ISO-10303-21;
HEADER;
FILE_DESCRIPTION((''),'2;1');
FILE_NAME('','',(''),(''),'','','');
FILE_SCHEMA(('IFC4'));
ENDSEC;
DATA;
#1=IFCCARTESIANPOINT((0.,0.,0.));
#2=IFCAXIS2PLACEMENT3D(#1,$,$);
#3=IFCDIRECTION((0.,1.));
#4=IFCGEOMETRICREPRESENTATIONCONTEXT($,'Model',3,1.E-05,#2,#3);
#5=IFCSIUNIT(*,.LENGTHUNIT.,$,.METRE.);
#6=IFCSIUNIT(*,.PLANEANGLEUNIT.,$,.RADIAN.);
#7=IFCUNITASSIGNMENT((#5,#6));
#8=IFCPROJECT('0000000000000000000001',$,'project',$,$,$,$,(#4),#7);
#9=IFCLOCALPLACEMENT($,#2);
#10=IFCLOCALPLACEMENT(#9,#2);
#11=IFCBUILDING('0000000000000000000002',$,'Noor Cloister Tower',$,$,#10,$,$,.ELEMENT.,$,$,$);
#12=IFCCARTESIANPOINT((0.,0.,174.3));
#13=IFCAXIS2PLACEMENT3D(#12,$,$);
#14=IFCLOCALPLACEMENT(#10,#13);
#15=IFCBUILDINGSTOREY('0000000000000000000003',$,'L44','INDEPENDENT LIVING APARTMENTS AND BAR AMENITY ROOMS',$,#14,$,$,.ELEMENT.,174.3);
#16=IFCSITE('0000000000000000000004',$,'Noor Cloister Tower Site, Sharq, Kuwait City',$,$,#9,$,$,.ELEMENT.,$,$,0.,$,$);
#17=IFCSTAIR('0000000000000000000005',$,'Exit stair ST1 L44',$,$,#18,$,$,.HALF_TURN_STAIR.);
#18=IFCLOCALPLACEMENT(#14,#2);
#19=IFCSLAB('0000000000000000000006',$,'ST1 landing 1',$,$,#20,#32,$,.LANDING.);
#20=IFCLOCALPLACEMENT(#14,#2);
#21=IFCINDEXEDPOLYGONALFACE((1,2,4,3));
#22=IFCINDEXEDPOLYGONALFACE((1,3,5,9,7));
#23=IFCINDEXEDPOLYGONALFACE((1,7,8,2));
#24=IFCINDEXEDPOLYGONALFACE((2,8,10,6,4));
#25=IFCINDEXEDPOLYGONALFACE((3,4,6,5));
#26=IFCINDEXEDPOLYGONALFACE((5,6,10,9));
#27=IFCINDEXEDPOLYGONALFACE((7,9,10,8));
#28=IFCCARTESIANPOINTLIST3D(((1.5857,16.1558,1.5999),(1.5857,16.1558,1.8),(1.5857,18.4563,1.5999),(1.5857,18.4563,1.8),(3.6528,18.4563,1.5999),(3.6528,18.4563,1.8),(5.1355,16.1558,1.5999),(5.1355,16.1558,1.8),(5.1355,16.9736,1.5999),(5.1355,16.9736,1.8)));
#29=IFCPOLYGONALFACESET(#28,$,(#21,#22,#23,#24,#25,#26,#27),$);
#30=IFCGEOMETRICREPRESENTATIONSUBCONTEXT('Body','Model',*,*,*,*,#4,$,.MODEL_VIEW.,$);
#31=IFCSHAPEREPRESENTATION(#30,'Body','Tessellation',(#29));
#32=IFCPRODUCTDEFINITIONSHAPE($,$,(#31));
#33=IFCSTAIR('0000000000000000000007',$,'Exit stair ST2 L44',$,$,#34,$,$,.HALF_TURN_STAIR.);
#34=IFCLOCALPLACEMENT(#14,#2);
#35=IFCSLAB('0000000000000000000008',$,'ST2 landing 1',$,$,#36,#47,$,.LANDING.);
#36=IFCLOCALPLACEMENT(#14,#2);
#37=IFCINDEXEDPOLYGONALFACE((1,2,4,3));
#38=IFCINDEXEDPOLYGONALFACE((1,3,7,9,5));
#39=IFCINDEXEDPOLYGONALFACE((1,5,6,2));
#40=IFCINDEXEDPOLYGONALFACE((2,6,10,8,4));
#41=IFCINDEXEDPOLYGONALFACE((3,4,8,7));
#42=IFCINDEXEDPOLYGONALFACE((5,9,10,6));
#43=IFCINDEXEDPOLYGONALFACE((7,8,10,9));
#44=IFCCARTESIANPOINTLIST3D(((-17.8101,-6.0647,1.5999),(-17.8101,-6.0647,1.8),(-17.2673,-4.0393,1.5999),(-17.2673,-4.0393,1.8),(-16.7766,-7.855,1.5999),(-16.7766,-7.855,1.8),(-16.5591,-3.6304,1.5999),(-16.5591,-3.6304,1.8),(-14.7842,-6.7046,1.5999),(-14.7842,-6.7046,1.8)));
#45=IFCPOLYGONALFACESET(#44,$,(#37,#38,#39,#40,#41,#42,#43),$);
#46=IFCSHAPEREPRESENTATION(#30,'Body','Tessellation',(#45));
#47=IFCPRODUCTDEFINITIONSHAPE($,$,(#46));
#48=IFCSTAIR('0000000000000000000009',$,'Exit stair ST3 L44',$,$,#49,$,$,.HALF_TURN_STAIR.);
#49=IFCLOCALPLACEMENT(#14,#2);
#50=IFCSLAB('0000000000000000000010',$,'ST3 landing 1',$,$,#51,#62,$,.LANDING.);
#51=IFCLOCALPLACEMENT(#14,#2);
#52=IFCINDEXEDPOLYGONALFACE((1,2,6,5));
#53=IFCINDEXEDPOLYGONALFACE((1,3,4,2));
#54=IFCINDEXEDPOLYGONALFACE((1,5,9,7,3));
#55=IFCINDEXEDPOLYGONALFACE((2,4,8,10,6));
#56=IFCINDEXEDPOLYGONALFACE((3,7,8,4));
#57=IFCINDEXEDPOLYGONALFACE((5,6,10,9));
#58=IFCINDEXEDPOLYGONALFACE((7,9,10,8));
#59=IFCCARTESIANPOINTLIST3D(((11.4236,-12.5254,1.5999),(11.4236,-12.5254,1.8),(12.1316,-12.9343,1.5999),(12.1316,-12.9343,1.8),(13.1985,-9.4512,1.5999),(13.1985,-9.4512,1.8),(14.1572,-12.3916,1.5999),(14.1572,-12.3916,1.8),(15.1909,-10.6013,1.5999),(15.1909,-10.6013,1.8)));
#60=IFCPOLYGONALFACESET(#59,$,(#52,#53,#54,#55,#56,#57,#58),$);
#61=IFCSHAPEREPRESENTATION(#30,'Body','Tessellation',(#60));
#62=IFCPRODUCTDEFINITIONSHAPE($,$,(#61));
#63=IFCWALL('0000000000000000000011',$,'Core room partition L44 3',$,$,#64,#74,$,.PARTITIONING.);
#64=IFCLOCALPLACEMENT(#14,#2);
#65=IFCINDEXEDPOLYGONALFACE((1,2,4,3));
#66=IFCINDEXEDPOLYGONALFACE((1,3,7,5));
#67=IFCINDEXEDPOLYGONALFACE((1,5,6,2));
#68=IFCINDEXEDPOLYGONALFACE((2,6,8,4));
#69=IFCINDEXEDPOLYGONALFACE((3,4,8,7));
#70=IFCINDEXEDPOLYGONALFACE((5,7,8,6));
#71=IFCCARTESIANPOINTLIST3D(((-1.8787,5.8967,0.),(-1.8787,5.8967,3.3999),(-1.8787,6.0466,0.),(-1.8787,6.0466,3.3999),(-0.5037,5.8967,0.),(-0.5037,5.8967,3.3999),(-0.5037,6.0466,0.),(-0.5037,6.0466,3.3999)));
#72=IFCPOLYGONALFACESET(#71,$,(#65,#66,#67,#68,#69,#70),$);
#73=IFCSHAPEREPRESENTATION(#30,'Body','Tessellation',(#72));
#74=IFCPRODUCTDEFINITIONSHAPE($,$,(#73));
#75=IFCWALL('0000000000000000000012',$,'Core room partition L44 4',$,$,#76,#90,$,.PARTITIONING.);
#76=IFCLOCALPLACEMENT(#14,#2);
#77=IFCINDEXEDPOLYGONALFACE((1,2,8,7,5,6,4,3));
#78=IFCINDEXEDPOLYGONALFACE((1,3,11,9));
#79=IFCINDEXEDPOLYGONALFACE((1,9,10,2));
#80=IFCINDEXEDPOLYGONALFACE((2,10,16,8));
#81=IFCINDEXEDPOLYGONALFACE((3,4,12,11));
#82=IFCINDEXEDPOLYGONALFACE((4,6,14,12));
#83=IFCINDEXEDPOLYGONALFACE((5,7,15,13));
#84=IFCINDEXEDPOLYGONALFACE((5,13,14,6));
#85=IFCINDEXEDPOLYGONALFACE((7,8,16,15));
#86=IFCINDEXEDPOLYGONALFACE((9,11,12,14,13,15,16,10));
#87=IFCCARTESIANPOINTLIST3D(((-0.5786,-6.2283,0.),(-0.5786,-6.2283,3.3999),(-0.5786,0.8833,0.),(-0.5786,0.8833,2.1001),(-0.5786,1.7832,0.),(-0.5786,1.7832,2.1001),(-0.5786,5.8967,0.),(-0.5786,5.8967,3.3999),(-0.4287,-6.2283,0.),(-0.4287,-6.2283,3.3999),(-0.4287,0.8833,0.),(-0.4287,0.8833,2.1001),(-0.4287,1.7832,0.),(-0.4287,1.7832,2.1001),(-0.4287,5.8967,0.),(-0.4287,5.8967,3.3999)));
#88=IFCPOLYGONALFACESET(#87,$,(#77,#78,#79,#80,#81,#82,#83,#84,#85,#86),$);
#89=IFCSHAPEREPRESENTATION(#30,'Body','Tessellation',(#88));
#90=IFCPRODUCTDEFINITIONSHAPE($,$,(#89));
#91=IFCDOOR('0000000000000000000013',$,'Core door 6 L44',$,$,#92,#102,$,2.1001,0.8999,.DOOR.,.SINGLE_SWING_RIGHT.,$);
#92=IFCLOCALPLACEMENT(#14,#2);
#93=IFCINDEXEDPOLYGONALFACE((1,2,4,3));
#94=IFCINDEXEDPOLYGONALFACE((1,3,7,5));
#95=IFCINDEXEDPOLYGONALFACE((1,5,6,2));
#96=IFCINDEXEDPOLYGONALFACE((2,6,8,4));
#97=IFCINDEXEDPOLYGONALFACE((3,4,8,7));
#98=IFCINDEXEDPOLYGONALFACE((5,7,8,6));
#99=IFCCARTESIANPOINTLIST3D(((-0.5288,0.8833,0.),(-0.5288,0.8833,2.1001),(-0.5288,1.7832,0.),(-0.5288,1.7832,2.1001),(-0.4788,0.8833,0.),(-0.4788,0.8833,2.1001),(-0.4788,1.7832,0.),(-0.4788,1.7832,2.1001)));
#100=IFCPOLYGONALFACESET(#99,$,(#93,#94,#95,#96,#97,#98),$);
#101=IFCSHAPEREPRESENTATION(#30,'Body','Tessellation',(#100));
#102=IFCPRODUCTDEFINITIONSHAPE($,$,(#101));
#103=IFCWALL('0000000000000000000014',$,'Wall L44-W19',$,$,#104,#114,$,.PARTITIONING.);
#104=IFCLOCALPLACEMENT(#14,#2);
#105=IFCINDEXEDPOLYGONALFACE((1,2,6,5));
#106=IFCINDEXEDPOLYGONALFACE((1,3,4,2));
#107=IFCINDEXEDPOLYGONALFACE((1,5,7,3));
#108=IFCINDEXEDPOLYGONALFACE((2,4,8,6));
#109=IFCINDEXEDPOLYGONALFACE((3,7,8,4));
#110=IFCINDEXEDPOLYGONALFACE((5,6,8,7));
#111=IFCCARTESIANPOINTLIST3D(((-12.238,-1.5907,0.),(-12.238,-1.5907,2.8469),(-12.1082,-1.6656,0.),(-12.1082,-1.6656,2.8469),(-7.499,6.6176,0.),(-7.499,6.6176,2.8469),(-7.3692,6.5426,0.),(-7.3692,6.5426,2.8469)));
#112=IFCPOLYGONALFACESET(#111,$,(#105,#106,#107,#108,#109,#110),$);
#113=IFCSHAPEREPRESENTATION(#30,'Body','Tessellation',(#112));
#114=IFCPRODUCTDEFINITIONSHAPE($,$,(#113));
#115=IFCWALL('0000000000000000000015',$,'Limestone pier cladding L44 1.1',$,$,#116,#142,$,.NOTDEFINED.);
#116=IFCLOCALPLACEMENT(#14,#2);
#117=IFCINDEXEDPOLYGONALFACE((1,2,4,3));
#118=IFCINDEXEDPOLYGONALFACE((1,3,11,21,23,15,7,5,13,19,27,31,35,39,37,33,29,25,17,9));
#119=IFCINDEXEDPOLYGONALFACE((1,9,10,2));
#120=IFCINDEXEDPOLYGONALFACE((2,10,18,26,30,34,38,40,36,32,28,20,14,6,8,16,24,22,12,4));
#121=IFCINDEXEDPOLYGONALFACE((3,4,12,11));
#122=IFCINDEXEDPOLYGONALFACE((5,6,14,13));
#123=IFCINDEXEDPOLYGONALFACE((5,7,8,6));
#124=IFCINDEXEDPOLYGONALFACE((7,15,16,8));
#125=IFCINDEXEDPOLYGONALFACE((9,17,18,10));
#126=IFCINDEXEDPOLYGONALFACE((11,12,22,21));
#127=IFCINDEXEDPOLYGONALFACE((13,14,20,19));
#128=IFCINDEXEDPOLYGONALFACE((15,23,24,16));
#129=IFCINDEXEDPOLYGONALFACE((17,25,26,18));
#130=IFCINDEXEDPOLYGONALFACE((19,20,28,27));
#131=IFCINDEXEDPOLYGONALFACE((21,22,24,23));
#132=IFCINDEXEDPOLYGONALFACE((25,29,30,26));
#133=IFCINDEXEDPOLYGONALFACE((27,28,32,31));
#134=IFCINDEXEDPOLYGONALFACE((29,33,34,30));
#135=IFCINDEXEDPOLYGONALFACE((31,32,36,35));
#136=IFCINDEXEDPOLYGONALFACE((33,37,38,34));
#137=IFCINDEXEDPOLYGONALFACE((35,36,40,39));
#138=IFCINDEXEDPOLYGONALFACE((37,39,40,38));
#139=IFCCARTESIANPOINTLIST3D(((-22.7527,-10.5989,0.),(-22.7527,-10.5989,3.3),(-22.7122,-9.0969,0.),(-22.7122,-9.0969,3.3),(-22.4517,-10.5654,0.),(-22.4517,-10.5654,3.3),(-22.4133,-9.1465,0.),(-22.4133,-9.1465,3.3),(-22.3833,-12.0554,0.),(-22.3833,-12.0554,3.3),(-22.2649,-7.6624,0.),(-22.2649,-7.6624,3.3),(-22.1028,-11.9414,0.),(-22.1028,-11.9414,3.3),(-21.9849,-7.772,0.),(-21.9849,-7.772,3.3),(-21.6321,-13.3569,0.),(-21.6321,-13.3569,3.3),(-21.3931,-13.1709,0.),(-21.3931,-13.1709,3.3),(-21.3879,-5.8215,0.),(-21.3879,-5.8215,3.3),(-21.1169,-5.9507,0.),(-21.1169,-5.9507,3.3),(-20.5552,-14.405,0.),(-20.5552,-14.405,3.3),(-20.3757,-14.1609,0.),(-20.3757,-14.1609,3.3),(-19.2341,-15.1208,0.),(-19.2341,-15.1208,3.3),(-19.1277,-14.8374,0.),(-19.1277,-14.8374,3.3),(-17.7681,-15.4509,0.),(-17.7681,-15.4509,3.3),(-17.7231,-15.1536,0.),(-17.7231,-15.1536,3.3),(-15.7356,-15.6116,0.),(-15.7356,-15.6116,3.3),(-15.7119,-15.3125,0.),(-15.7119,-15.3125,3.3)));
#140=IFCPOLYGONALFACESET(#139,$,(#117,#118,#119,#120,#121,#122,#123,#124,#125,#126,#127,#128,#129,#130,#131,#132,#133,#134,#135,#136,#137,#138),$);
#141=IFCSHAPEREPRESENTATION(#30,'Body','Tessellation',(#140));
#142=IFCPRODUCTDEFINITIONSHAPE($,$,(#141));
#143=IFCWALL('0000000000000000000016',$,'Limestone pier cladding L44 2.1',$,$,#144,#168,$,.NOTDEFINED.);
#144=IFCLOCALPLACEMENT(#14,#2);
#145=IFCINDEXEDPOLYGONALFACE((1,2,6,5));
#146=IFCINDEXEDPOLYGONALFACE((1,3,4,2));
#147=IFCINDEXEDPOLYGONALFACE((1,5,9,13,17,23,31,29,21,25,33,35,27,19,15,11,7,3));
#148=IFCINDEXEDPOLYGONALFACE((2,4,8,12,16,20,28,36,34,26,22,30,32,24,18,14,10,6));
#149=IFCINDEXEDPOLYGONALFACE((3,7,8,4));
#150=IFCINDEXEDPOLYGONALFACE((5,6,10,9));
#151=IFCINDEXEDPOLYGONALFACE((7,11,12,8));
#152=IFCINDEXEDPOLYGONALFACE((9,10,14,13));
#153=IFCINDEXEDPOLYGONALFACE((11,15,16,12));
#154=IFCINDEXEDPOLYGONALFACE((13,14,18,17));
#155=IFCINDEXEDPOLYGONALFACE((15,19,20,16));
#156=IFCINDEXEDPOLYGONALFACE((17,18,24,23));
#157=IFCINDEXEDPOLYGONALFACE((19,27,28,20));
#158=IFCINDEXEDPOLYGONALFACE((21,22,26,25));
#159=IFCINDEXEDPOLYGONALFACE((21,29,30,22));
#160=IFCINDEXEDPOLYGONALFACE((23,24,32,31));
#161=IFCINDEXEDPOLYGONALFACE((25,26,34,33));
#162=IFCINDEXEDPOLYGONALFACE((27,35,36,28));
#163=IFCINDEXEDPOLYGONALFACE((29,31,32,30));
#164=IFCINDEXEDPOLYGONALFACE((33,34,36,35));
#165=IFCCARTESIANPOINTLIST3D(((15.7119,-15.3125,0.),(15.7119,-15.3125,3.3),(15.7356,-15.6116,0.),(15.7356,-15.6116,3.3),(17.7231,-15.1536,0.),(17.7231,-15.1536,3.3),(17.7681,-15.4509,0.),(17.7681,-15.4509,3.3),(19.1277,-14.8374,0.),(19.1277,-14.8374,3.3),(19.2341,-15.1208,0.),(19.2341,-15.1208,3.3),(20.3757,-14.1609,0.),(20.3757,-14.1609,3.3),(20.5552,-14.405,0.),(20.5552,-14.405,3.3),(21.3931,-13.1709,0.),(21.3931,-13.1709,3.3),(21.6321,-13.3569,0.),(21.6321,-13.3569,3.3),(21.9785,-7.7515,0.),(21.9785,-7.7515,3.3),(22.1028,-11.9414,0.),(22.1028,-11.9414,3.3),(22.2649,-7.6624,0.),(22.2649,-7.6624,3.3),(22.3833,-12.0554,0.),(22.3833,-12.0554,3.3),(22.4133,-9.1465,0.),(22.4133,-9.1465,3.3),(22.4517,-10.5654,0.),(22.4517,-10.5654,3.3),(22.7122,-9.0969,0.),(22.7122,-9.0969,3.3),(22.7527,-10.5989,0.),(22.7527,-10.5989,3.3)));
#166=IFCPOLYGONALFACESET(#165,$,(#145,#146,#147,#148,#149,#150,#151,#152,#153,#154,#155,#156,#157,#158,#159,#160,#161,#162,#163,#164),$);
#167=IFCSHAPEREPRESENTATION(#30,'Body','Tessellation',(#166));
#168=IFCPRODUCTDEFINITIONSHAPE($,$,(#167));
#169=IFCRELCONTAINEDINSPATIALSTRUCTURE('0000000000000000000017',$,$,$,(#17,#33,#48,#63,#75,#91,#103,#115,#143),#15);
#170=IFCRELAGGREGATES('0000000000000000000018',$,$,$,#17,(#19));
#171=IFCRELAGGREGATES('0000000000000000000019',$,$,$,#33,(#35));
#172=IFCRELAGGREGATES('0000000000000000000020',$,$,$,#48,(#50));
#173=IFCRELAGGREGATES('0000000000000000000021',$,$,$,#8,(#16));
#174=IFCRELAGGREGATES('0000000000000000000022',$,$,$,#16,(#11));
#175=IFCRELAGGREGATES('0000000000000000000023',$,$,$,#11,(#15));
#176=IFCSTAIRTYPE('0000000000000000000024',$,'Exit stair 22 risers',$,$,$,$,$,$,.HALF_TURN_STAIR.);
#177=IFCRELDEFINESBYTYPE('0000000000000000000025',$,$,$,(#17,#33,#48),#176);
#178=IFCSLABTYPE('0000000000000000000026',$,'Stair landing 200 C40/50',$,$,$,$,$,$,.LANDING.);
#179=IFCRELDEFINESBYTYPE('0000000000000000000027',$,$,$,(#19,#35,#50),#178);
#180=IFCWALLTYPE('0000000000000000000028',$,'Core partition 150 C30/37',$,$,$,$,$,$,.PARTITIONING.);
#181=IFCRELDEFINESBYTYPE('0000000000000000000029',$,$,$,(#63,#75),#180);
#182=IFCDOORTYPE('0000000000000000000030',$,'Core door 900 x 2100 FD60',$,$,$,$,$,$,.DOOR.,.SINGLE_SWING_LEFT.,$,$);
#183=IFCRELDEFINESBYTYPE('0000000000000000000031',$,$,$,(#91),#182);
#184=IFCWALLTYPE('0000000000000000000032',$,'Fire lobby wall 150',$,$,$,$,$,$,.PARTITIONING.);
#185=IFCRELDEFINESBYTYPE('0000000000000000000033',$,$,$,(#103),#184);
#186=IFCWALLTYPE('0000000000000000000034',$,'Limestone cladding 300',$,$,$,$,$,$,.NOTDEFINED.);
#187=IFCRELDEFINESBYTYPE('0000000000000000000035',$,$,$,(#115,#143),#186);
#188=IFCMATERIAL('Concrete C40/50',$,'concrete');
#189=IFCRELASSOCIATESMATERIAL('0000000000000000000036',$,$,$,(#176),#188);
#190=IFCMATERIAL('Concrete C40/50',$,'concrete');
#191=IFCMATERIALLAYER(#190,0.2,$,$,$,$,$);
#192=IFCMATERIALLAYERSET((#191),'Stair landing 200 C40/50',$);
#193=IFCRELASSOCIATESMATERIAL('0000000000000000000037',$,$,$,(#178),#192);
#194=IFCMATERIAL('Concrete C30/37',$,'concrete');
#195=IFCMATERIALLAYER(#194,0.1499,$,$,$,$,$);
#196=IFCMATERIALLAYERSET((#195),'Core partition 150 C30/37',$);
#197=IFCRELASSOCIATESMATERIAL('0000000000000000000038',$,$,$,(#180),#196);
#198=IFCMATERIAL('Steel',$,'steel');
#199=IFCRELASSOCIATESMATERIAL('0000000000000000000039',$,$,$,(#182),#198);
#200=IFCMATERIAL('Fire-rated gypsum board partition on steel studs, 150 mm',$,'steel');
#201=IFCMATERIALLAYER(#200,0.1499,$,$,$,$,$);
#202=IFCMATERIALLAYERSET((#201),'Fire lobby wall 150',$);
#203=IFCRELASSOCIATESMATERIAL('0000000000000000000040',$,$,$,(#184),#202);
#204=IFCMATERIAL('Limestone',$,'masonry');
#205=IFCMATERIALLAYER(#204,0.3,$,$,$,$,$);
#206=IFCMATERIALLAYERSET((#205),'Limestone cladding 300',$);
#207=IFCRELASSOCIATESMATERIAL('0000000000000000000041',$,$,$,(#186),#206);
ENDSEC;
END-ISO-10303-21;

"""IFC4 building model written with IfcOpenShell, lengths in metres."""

from ifc_helpers import new_model, si_unit, direction, frame, frame_2d, origin, place, context, subcontext, project, spatial, polyline, rectangle, outline, extrude, material, layer, layer_set, type_object, element, fill, aggregate, save


model = new_model("IFC4")

# Units and contexts
model_context = context("Model", 3, precision=1e-05, world=origin(), true_north=direction((0.0, 1.0)))
body_context = subcontext(model_context, "Body", "Model", "MODEL_VIEW")
ifc_project = project(units=[si_unit("LENGTHUNIT", "METRE"), si_unit("PLANEANGLEUNIT", "RADIAN")], contexts=[model_context])

# Site, building, storey
site_placement = place(None, origin())
site = spatial("IfcSite", under=ifc_project, at=site_placement, Name="Noor Cloister Tower Site, Sharq, Kuwait City", CompositionType="ELEMENT", RefElevation=0.0)
building_placement = place(site_placement, origin())
building = spatial("IfcBuilding", under=site, at=building_placement, Name="Noor Cloister Tower", CompositionType="ELEMENT")
storey_placement = place(building_placement, frame((0.0, 0.0, 174.3)))
storey = spatial("IfcBuildingStorey", under=building, at=storey_placement, Name="L44", Description="INDEPENDENT LIVING APARTMENTS AND BAR AMENITY ROOMS", CompositionType="ELEMENT", Elevation=174.3)

# Stairs, slabs
ifc_material_1 = material(Name="Concrete C40/50", Category="concrete")
stair_type = type_object("IfcStairType", Name="Exit stair 22 risers", PredefinedType="HALF_TURN_STAIR", material=ifc_material_1)
stair_1_placement = place(storey_placement, origin())
stair_1 = element("IfcStair", 1, at=stair_1_placement, inside=storey, type_object=stair_type, Name="Exit stair ST1 L44", PredefinedType="HALF_TURN_STAIR")
ifc_material_2 = material(Name="Concrete C40/50", Category="concrete")
ifc_layer_1 = layer(ifc_material_2, 0.2)
ifc_layer_set_1 = layer_set([ifc_layer_1], Name="Stair landing 200 C40/50")
slab_type_1 = type_object("IfcSlabType", Name="Stair landing 200 C40/50", PredefinedType="LANDING", material=ifc_layer_set_1)
slab_1_placement = place(storey_placement, frame((0.0, 0.0, 1.5999)))
slab_1 = element("IfcSlab", 2, at=slab_1_placement, type_object=slab_type_1, Name="ST1 landing 1", PredefinedType="LANDING", context=body_context, shape_type="SweptSolid", body=[
    extrude(outline(polyline([(5.1355, 16.1558), (5.1355, 16.9736), (3.6528, 18.4563), (1.5857, 18.4563), (1.5857, 16.1558), (5.1355, 16.1558)])), origin(), (0.0, 0.0, 1.0), 0.2002),
])
aggregate(stair_1, [slab_1])
stair_2_placement = place(storey_placement, origin())
stair_2 = element("IfcStair", 3, at=stair_2_placement, inside=storey, type_object=stair_type, Name="Exit stair ST2 L44", PredefinedType="HALF_TURN_STAIR")
slab_2_placement = place(storey_placement, frame((0.0, 0.0, 1.5999)))
slab_2 = element("IfcSlab", 4, at=slab_2_placement, type_object=slab_type_1, Name="ST2 landing 1", PredefinedType="LANDING", context=body_context, shape_type="SweptSolid", body=[
    extrude(outline(polyline([(-16.5591, -3.6304), (-17.2673, -4.0393), (-17.8101, -6.0647), (-16.7766, -7.855), (-14.7842, -6.7046), (-16.5591, -3.6304)])), origin(), (0.0, 0.0, 1.0), 0.2002),
])
aggregate(stair_2, [slab_2])
stair_3_placement = place(storey_placement, origin())
stair_3 = element("IfcStair", 5, at=stair_3_placement, inside=storey, type_object=stair_type, Name="Exit stair ST3 L44", PredefinedType="HALF_TURN_STAIR")
slab_3_placement = place(storey_placement, frame((0.0, 0.0, 1.5999)))
slab_3 = element("IfcSlab", 6, at=slab_3_placement, type_object=slab_type_1, Name="ST3 landing 1", PredefinedType="LANDING", context=body_context, shape_type="SweptSolid", body=[
    extrude(outline(polyline([(11.4236, -12.5254), (12.1316, -12.9343), (14.1572, -12.3916), (15.1909, -10.6013), (13.1985, -9.4512), (11.4236, -12.5254)])), origin(), (0.0, 0.0, 1.0), 0.2002),
])
aggregate(stair_3, [slab_3])

# Wall
ifc_material_3 = material(Name="Concrete C30/37", Category="concrete")
ifc_layer_2 = layer(ifc_material_3, 0.1499)
ifc_layer_set_2 = layer_set([ifc_layer_2], Name="Core partition 150 C30/37")
wall_type_1 = type_object("IfcWallType", Name="Core partition 150 C30/37", PredefinedType="PARTITIONING", material=ifc_layer_set_2)
wall_1_placement = place(storey_placement, frame((-1.8787, 5.9717, 0.0), z_axis=(0.0, 0.0, 1.0), x_axis=(1.0, 0.0, 0.0)))
element("IfcWall", 7, at=wall_1_placement, inside=storey, type_object=wall_type_1, Name="Core room partition L44 3", PredefinedType="PARTITIONING", context=body_context, shape_type="SweptSolid", body=[
    extrude(rectangle(XDim=1.375, YDim=0.1499, at=frame_2d((0.6875, 0.0))), origin(), (0.0, 0.0, 1.0), 3.3999),
])

# Wall, opening, door
wall_2_placement = place(storey_placement, frame((-0.5037, 5.8967, 0.0), z_axis=(0.0, 0.0, 1.0), x_axis=(0.0, -1.0, 0.0)))
wall_2 = element("IfcWall", 8, at=wall_2_placement, inside=storey, type_object=wall_type_1, Name="Core room partition L44 4", PredefinedType="PARTITIONING", context=body_context, shape_type="SweptSolid", body=[
    extrude(rectangle(XDim=12.125, YDim=0.1499, at=frame_2d((6.0625, 0.0))), origin(), (0.0, 0.0, 1.0), 3.3999),
])
opening_placement = place(wall_2_placement, frame((4.1135, 0.0, 0.0)))
opening = element("IfcOpeningElement", 9, at=opening_placement, cuts=wall_2, PredefinedType="OPENING", context=body_context, shape_type="SweptSolid", body=[
    extrude(rectangle(XDim=0.8999, YDim=2.1001, at=frame_2d((0.45, 1.05))), frame((0.0, 0.085, 0.0), z_axis=(0.0, -1.0, 0.0), x_axis=(1.0, 0.0, 0.0)), (0.0, 0.0, 1.0), 0.1699),
])
ifc_material_4 = material(Name="Steel", Category="steel")
door_type = type_object("IfcDoorType", Name="Core door 900 x 2100 FD60", OperationType="SINGLE_SWING_LEFT", PredefinedType="DOOR", material=ifc_material_4)
door_placement = place(opening_placement, origin())
door = element("IfcDoor", 10, at=door_placement, inside=storey, type_object=door_type, Name="Core door 6 L44", OperationType="SINGLE_SWING_RIGHT", OverallHeight=2.1001, OverallWidth=0.8999, PredefinedType="DOOR", context=body_context, shape_type="SweptSolid", body=[
    extrude(rectangle(XDim=0.8999, YDim=2.1001, at=frame_2d((0.45, 1.05))), frame((0.0, 0.0249, 0.0), z_axis=(0.0, -1.0, 0.0), x_axis=(1.0, 0.0, 0.0)), (0.0, 0.0, 1.0), 0.05),
])
fill(opening, door)

# Walls
ifc_material_5 = material(Name="Fire-rated gypsum board partition on steel studs, 150 mm", Category="steel")
ifc_layer_3 = layer(ifc_material_5, 0.1499)
ifc_layer_set_3 = layer_set([ifc_layer_3], Name="Fire lobby wall 150")
wall_type_2 = type_object("IfcWallType", Name="Fire lobby wall 150", PredefinedType="PARTITIONING", material=ifc_layer_set_3)
wall_3_placement = place(storey_placement, frame((-7.4341, 6.5801, 0.0), z_axis=(0.0, 0.0, 1.0), x_axis=(-0.499998, -0.866026, 0.0)))
element("IfcWall", 11, at=wall_3_placement, inside=storey, type_object=wall_type_2, Name="Wall L44-W19", PredefinedType="PARTITIONING", context=body_context, shape_type="SweptSolid", body=[
    extrude(rectangle(XDim=9.478, YDim=0.1499, at=frame_2d((4.739, 0.0))), origin(), (0.0, 0.0, 1.0), 2.8469),
])
ifc_material_6 = material(Name="Limestone", Category="masonry")
ifc_layer_4 = layer(ifc_material_6, 0.3)
ifc_layer_set_4 = layer_set([ifc_layer_4], Name="Limestone cladding 300")
wall_type_3 = type_object("IfcWallType", Name="Limestone cladding 300", PredefinedType="NOTDEFINED", material=ifc_layer_set_4)
wall_4_placement = place(storey_placement, origin())
element("IfcWall", 12, at=wall_4_placement, inside=storey, type_object=wall_type_3, Name="Limestone pier cladding L44 1.1", PredefinedType="NOTDEFINED", context=body_context, shape_type="SweptSolid", body=[
    extrude(outline(polyline([(-21.3879, -5.8215), (-22.2649, -7.6624), (-22.7122, -9.0969), (-22.7527, -10.5989), (-22.3833, -12.0554), (-21.6321, -13.3569), (-20.5552, -14.405), (-19.2341, -15.1208), (-17.7681, -15.4509), (-15.7356, -15.6116), (-15.7119, -15.3125), (-17.7231, -15.1536), (-19.1277, -14.8374), (-20.3757, -14.1609), (-21.3931, -13.1709), (-22.1028, -11.9414), (-22.4517, -10.5654), (-22.4133, -9.1465), (-21.9849, -7.772), (-21.1169, -5.9507), (-21.3879, -5.8215)])), origin(), (0.0, 0.0, 1.0), 3.3),
])
wall_5_placement = place(storey_placement, origin())
element("IfcWall", 13, at=wall_5_placement, inside=storey, type_object=wall_type_3, Name="Limestone pier cladding L44 2.1", PredefinedType="NOTDEFINED", context=body_context, shape_type="SweptSolid", body=[
    extrude(outline(polyline([(15.7356, -15.6116), (17.7681, -15.4509), (19.2341, -15.1208), (20.5552, -14.405), (21.6321, -13.3569), (22.3833, -12.0554), (22.7527, -10.5989), (22.7122, -9.0969), (22.2649, -7.6624), (21.9785, -7.7515), (22.4133, -9.1465), (22.4517, -10.5654), (22.1028, -11.9414), (21.3931, -13.1709), (20.3757, -14.1609), (19.1277, -14.8374), (17.7231, -15.1536), (15.7119, -15.3125), (15.7356, -15.6116)])), origin(), (0.0, 0.0, 1.0), 3.3),
])

save(model, "model.ifc")
